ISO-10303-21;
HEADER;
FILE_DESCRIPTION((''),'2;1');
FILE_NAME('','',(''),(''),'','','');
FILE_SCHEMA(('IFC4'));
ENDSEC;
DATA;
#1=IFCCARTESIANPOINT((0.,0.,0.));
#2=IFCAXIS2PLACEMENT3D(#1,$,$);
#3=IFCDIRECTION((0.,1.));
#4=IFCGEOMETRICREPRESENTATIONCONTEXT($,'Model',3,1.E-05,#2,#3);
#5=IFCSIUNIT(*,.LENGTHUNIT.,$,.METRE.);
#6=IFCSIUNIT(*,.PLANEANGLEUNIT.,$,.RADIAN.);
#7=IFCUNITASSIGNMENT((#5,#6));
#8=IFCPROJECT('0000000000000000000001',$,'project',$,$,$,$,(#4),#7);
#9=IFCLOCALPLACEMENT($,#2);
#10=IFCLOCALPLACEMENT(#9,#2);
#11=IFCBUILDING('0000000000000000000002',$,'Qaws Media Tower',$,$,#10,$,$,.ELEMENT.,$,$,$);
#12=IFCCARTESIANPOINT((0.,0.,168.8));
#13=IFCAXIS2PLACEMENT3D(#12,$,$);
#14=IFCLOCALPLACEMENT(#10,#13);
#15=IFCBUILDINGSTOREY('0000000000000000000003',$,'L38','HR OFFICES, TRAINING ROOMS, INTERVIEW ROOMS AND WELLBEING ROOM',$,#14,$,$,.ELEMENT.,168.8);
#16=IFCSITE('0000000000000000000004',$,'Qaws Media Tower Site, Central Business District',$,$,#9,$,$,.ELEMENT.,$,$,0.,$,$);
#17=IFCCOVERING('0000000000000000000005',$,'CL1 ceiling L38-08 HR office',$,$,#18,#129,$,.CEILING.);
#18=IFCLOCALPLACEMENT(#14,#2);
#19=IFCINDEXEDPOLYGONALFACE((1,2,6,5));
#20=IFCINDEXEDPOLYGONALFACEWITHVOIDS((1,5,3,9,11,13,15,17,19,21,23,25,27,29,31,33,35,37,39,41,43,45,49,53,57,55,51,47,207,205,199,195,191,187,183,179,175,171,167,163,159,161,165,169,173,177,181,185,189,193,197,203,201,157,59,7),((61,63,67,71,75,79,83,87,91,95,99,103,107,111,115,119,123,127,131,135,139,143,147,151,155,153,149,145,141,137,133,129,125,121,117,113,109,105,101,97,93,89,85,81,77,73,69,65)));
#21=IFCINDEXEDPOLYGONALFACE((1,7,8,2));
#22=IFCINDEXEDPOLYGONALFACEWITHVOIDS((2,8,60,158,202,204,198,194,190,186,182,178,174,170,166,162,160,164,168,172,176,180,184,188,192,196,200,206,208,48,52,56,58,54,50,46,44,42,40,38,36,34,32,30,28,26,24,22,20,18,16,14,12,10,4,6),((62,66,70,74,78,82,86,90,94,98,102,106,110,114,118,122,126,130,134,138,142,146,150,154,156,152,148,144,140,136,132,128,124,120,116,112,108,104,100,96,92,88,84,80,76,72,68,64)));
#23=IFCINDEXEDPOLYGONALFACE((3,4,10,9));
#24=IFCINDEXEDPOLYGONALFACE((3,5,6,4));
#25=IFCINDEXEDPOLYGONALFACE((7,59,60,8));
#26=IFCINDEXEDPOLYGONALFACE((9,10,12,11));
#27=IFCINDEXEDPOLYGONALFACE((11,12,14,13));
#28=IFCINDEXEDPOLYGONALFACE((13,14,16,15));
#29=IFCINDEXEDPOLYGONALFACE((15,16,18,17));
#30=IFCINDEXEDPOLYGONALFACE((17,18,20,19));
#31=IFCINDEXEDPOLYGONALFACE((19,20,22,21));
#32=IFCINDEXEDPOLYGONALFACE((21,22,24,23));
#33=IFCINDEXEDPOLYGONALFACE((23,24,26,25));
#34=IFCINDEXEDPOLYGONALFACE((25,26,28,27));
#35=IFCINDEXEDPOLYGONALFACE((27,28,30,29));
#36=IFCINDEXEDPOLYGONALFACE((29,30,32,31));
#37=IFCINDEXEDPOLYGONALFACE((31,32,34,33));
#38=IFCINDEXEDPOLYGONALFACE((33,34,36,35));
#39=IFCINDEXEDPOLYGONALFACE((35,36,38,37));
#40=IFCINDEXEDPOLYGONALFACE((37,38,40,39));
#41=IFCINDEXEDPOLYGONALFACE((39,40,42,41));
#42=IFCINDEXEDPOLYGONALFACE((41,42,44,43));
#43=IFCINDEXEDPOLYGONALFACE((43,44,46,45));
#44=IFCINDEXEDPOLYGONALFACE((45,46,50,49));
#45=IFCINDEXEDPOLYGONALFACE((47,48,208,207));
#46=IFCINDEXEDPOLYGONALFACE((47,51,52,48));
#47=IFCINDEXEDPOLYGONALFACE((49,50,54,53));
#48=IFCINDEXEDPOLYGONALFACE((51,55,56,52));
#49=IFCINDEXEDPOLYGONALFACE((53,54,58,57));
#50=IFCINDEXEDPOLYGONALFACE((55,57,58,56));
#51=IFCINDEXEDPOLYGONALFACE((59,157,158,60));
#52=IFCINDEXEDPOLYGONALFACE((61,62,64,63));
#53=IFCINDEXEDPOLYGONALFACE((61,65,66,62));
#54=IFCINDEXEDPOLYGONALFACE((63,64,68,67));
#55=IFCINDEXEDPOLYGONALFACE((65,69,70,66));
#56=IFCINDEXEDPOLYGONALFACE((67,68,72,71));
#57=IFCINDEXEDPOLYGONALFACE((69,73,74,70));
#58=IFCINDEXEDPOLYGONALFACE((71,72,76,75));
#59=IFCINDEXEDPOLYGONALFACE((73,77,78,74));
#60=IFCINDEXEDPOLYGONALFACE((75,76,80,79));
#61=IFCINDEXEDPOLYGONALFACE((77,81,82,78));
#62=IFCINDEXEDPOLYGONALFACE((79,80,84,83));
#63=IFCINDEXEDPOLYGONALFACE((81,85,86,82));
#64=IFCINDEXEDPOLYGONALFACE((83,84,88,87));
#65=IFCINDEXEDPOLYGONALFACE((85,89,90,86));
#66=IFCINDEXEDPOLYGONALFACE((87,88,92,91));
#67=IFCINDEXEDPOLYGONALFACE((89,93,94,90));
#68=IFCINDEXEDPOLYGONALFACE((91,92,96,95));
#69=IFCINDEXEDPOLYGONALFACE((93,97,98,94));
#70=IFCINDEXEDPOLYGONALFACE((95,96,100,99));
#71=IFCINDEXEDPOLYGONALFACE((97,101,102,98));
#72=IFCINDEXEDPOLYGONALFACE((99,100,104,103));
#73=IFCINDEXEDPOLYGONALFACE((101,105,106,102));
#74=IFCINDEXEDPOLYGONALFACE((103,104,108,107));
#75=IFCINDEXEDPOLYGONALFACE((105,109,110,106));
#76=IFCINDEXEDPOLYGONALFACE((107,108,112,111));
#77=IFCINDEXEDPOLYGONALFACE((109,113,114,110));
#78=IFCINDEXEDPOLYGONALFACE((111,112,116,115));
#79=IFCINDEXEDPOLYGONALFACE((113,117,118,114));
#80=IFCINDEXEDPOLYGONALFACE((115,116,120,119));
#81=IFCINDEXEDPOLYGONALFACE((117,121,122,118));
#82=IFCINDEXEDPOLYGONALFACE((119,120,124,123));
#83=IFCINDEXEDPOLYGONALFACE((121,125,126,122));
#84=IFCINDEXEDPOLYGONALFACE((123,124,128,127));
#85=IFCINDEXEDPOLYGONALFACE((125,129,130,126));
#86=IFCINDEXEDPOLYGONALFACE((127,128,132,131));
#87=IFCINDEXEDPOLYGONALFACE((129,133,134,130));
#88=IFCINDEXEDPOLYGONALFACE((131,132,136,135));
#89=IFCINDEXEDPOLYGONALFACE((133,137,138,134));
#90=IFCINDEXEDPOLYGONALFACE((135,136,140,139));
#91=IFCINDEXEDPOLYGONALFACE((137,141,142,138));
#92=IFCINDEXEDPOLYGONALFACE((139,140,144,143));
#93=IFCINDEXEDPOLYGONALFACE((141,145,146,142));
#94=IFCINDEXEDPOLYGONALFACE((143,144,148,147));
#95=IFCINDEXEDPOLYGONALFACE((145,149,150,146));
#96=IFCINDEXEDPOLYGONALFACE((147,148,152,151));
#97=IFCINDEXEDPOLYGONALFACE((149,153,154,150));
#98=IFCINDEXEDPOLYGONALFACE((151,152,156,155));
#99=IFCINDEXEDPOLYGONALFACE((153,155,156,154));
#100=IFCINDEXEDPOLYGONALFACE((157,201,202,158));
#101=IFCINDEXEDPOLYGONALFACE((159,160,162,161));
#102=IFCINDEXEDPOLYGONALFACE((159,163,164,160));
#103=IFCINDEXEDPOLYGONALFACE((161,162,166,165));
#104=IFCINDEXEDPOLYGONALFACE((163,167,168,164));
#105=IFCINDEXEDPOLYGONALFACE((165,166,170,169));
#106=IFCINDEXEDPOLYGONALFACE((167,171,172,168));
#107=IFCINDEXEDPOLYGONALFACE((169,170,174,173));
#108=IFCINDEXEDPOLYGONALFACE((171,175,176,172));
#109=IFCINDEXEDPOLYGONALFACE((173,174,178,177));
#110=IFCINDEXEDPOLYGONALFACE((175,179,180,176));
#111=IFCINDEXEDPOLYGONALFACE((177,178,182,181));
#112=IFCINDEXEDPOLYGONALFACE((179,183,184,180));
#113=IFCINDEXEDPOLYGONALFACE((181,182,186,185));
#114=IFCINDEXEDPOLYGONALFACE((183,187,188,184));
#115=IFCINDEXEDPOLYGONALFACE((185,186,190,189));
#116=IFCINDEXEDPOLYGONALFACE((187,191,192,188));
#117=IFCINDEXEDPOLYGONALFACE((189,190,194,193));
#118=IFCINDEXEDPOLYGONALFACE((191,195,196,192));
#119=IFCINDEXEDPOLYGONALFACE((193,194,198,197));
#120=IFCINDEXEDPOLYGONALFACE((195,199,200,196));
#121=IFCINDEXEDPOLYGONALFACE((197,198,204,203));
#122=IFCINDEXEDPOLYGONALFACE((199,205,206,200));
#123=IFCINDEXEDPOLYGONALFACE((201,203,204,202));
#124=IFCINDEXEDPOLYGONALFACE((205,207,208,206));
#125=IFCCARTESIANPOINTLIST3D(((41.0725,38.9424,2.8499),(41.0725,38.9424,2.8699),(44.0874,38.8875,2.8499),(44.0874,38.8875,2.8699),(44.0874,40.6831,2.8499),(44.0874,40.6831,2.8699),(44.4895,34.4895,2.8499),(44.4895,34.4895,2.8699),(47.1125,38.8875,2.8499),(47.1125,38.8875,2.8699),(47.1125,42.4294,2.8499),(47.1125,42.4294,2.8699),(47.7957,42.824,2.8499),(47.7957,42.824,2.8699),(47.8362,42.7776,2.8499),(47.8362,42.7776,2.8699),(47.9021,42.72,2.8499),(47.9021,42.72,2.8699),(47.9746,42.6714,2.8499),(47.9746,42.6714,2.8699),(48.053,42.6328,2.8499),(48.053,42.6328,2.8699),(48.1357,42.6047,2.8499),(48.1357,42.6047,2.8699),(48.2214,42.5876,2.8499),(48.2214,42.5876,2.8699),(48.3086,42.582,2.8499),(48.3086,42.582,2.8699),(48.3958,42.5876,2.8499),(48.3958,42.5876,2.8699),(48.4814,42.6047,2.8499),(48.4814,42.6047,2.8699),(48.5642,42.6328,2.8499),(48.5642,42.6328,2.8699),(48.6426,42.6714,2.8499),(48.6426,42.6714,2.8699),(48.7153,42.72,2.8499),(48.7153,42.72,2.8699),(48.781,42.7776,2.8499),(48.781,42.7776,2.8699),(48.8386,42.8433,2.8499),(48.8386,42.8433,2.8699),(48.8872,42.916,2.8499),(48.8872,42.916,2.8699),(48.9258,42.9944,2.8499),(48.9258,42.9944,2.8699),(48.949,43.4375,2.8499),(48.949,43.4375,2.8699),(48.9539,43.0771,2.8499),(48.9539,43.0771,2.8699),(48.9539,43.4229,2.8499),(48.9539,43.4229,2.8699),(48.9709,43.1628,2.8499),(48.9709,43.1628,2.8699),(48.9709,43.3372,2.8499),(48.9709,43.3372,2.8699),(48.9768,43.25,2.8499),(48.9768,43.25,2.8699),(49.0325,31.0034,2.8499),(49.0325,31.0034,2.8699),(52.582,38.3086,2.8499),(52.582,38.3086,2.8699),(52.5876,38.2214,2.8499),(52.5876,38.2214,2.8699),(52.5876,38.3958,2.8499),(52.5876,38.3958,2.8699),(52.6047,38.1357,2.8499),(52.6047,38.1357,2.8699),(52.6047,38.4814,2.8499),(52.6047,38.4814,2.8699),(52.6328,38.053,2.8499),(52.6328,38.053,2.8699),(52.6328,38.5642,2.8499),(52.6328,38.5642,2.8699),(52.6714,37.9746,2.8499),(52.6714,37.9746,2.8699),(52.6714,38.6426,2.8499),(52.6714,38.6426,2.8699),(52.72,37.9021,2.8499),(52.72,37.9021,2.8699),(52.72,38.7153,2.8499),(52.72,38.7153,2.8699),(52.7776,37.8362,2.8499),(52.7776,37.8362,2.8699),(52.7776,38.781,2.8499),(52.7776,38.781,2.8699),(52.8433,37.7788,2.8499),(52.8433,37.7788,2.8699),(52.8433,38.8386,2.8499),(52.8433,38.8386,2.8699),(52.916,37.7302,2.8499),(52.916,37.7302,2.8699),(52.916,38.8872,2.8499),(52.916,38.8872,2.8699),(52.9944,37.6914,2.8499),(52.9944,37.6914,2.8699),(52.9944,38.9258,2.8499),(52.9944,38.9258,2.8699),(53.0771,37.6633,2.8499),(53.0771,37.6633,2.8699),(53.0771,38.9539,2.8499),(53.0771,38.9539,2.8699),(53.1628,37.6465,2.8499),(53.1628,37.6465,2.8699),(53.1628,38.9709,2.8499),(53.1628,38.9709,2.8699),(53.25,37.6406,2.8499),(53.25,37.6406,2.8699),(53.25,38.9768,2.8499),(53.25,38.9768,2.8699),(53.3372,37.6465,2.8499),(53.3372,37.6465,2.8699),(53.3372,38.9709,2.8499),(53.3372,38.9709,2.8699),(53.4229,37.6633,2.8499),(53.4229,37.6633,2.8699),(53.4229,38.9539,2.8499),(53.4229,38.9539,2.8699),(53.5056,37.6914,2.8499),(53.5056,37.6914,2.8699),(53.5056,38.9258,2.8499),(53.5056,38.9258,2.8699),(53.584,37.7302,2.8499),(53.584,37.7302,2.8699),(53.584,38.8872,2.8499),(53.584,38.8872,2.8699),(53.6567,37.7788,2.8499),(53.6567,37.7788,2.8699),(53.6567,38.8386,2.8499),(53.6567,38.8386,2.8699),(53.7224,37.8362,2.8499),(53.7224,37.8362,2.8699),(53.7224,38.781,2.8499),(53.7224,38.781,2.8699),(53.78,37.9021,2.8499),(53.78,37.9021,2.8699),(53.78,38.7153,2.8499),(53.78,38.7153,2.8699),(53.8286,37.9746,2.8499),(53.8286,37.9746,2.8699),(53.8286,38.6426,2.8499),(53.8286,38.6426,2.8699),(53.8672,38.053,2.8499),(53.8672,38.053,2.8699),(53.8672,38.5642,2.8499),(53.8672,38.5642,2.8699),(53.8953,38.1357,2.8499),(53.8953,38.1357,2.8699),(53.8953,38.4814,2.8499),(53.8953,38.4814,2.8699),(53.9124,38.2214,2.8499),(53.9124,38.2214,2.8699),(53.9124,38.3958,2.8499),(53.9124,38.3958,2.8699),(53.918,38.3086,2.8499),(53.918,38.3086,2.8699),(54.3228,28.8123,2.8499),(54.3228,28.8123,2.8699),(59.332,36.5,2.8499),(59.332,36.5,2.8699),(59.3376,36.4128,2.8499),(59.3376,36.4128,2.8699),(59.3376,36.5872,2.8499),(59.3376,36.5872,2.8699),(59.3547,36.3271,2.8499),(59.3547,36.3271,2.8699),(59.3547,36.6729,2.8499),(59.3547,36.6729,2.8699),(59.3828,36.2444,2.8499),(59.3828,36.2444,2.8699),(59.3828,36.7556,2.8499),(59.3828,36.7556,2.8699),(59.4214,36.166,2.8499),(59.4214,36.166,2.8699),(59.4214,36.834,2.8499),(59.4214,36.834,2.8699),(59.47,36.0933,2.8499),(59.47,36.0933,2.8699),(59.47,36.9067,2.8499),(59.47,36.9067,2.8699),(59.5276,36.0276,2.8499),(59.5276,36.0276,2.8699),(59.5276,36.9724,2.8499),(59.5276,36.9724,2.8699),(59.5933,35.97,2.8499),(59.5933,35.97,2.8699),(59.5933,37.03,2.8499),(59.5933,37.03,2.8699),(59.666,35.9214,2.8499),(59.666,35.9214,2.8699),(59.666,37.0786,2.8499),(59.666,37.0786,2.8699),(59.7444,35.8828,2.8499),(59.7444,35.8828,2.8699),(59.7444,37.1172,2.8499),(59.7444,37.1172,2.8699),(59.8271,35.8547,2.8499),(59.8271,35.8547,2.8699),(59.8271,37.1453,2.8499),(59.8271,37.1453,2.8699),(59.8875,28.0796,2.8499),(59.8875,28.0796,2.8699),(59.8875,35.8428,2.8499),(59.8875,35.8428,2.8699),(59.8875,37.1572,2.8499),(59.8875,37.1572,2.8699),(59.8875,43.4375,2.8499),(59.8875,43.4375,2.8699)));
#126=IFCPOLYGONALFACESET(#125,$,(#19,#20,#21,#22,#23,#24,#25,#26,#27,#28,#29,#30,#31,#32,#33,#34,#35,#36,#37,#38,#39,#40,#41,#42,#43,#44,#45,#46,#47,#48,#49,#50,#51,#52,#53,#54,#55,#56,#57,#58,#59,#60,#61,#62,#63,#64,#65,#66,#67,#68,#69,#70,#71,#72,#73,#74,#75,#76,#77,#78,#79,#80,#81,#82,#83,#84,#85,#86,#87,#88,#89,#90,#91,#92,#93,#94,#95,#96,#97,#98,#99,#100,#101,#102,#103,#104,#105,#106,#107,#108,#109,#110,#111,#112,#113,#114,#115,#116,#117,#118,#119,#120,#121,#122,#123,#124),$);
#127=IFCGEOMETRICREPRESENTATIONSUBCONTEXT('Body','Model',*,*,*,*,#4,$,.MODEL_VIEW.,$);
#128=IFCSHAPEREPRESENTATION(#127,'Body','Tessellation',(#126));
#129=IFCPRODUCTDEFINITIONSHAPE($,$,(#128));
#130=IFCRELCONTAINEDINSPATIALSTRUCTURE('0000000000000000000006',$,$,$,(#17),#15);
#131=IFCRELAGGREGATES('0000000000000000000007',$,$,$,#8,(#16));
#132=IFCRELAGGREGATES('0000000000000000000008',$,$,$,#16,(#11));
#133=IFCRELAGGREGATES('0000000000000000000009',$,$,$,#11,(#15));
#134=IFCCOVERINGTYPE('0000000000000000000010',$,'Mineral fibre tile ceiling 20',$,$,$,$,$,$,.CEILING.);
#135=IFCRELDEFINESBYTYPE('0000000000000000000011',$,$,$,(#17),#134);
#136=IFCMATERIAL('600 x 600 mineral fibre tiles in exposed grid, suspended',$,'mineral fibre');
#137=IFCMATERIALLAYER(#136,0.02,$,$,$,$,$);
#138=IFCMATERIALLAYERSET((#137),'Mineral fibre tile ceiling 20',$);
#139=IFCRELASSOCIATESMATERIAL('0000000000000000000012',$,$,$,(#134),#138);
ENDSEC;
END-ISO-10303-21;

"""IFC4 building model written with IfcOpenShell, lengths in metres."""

from ifc_helpers import new_model, si_unit, direction, frame, origin, place, context, subcontext, project, spatial, polyline, outline, extrude, material, layer, layer_set, type_object, element, save


model = new_model("IFC4")

# Units and contexts
model_context = context("Model", 3, precision=1e-05, world=origin(), true_north=direction((0.0, 1.0)))
body_context = subcontext(model_context, "Body", "Model", "MODEL_VIEW")
ifc_project = project(units=[si_unit("LENGTHUNIT", "METRE"), si_unit("PLANEANGLEUNIT", "RADIAN")], contexts=[model_context])

# Site, building, storey
site_placement = place(None, origin())
site = spatial("IfcSite", under=ifc_project, at=site_placement, Name="Qaws Media Tower Site, Central Business District", CompositionType="ELEMENT", RefElevation=0.0)
building_placement = place(site_placement, origin())
building = spatial("IfcBuilding", under=site, at=building_placement, Name="Qaws Media Tower", CompositionType="ELEMENT")
storey_placement = place(building_placement, frame((0.0, 0.0, 168.8)))
storey = spatial("IfcBuildingStorey", under=building, at=storey_placement, Name="L38", Description="HR OFFICES, TRAINING ROOMS, INTERVIEW ROOMS AND WELLBEING ROOM", CompositionType="ELEMENT", Elevation=168.8)

# Covering
ifc_material_1 = material(Name="600 x 600 mineral fibre tiles in exposed grid, suspended", Category="mineral fibre")
ifc_layer_1 = layer(ifc_material_1, 0.02)
ifc_layer_set_1 = layer_set([ifc_layer_1], Name="Mineral fibre tile ceiling 20")
covering_type_1 = type_object("IfcCoveringType", Name="Mineral fibre tile ceiling 20", PredefinedType="CEILING", material=ifc_layer_set_1)
covering_1_placement = place(storey_placement, frame((0.0, 0.0, 2.8499)))
element("IfcCovering", 1, at=covering_1_placement, inside=storey, type_object=covering_type_1, Name="CL1 ceiling L38-08 HR office", PredefinedType="CEILING", context=body_context, shape_type="SweptSolid", body=[
    extrude(outline(polyline([(54.3228, 28.8123), (49.0325, 31.0034), (44.4895, 34.4895), (41.0725, 38.9424), (44.0874, 40.6831), (44.0874, 38.8875), (47.1125, 38.8875), (47.1125, 42.4294), (47.7957, 42.824), (47.8362, 42.7776), (47.9021, 42.72), (47.9746, 42.6714), (48.053, 42.6328), (48.1357, 42.6047), (48.2214, 42.5876), (48.3086, 42.582), (48.3958, 42.5876), (48.4814, 42.6047), (48.5642, 42.6328), (48.6426, 42.6714), (48.7153, 42.72), (48.781, 42.7776), (48.8386, 42.8433), (48.8872, 42.916), (48.9258, 42.9944), (48.9539, 43.0771), (48.9709, 43.1628), (48.9768, 43.25), (48.9709, 43.3372), (48.9539, 43.4229), (48.949, 43.4375), (59.8875, 43.4375), (59.8875, 37.1572), (59.8271, 37.1453), (59.7444, 37.1172), (59.666, 37.0786), (59.5933, 37.03), (59.5276, 36.9724), (59.47, 36.9067), (59.4214, 36.834), (59.3828, 36.7556), (59.3547, 36.6729), (59.3376, 36.5872), (59.332, 36.5), (59.3376, 36.4128), (59.3547, 36.3271), (59.3828, 36.2444), (59.4214, 36.166), (59.47, 36.0933), (59.5276, 36.0276), (59.5933, 35.97), (59.666, 35.9214), (59.7444, 35.8828), (59.8271, 35.8547), (59.8875, 35.8428), (59.8875, 28.0796), (54.3228, 28.8123)]), holes=[polyline([(53.8953, 38.1357), (53.9124, 38.2214), (53.918, 38.3086), (53.9124, 38.3958), (53.8953, 38.4814), (53.8672, 38.5642), (53.8286, 38.6426), (53.78, 38.7153), (53.7224, 38.781), (53.6567, 38.8386), (53.584, 38.8872), (53.5056, 38.9258), (53.4229, 38.9539), (53.3372, 38.9709), (53.25, 38.9768), (53.1628, 38.9709), (53.0771, 38.9539), (52.9944, 38.9258), (52.916, 38.8872), (52.8433, 38.8386), (52.7776, 38.781), (52.72, 38.7153), (52.6714, 38.6426), (52.6328, 38.5642), (52.6047, 38.4814), (52.5876, 38.3958), (52.582, 38.3086), (52.5876, 38.2214), (52.6047, 38.1357), (52.6328, 38.053), (52.6714, 37.9746), (52.72, 37.9021), (52.7776, 37.8362), (52.8433, 37.7788), (52.916, 37.7302), (52.9944, 37.6914), (53.0771, 37.6633), (53.1628, 37.6465), (53.25, 37.6406), (53.3372, 37.6465), (53.4229, 37.6633), (53.5056, 37.6914), (53.584, 37.7302), (53.6567, 37.7788), (53.7224, 37.8362), (53.78, 37.9021), (53.8286, 37.9746), (53.8672, 38.053), (53.8953, 38.1357)])]), origin(), (0.0, 0.0, 1.0), 0.02),
])

save(model, "model.ifc")
